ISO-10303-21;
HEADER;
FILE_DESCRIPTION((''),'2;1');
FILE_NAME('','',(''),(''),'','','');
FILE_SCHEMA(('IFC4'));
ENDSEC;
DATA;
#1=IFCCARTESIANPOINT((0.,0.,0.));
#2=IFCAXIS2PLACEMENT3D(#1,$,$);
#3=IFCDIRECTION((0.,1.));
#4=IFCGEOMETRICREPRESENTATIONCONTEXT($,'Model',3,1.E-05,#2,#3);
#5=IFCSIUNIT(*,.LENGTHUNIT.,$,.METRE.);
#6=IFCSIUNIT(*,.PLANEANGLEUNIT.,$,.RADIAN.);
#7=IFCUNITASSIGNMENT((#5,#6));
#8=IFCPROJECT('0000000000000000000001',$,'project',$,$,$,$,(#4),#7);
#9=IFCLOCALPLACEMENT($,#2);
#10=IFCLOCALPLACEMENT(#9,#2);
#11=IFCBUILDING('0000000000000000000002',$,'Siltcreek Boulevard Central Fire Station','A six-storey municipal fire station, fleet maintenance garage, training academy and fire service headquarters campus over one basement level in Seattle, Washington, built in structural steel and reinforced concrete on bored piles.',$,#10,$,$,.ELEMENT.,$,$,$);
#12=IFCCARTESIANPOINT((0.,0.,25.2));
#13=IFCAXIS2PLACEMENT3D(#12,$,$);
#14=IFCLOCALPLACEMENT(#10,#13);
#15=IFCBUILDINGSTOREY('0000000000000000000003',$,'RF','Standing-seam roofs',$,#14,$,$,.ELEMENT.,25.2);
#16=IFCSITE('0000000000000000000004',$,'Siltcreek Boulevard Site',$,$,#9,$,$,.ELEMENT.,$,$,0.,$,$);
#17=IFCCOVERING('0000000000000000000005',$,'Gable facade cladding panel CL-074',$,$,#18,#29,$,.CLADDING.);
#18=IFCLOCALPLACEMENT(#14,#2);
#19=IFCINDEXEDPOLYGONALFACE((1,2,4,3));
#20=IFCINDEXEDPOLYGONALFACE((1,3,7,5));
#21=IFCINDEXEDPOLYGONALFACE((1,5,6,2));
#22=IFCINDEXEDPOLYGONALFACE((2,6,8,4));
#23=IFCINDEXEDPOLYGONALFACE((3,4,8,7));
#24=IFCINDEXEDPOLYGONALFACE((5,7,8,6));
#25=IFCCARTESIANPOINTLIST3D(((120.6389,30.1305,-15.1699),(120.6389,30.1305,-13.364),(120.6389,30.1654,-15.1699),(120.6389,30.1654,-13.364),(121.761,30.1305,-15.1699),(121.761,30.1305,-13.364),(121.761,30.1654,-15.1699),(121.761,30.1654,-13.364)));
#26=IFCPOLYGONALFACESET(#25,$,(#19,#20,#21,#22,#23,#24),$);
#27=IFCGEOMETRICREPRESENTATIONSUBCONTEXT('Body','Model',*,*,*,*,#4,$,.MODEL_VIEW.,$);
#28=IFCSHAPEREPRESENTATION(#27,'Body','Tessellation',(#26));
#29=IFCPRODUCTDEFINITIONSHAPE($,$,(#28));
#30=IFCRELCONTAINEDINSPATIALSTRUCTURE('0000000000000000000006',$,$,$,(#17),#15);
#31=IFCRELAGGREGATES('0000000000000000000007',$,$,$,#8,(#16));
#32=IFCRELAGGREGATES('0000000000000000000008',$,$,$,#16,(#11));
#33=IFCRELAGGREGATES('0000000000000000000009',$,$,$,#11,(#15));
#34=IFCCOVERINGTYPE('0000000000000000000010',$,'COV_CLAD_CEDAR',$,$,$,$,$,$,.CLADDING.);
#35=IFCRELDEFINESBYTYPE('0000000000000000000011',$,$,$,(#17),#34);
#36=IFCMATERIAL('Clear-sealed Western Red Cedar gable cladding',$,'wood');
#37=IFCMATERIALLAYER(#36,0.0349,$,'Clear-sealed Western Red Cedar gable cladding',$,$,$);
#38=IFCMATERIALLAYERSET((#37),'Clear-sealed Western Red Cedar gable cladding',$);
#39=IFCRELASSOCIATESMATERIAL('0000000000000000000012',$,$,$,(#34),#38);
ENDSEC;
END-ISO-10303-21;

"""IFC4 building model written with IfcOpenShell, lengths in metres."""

from ifc_helpers import new_model, si_unit, direction, frame, origin, origin_2d, place, context, subcontext, project, spatial, rectangle, extrude, material, layer, layer_set, type_object, element, save


model = new_model("IFC4")

# Units and contexts
model_context = context("Model", 3, precision=1e-05, world=origin(), true_north=direction((0.0, 1.0)))
body_context = subcontext(model_context, "Body", "Model", "MODEL_VIEW")
ifc_project = project(units=[si_unit("LENGTHUNIT", "METRE"), si_unit("PLANEANGLEUNIT", "RADIAN")], contexts=[model_context])

# Site, building, storey
site_placement = place(None, origin())
site = spatial("IfcSite", under=ifc_project, at=site_placement, Name="Siltcreek Boulevard Site", CompositionType="ELEMENT", RefElevation=0.0)
building_placement = place(site_placement, origin())
building = spatial("IfcBuilding", under=site, at=building_placement, Name="Siltcreek Boulevard Central Fire Station", Description="A six-storey municipal fire station, fleet maintenance garage, training academy and fire service headquarters campus over one basement level in Seattle, Washington, built in structural steel and reinforced concrete on bored piles.", CompositionType="ELEMENT")
storey_placement = place(building_placement, frame((0.0, 0.0, 25.2)))
storey = spatial("IfcBuildingStorey", under=building, at=storey_placement, Name="RF", Description="Standing-seam roofs", CompositionType="ELEMENT", Elevation=25.2)

# Covering
ifc_material_1 = material(Name="Clear-sealed Western Red Cedar gable cladding", Category="wood")
ifc_layer_1 = layer(ifc_material_1, 0.0349, Name="Clear-sealed Western Red Cedar gable cladding")
ifc_layer_set_1 = layer_set([ifc_layer_1], Name="Clear-sealed Western Red Cedar gable cladding")
covering_type = type_object("IfcCoveringType", Name="COV_CLAD_CEDAR", PredefinedType="CLADDING", material=ifc_layer_set_1)
covering_placement = place(storey_placement, frame((121.2, 30.1479, -15.1699), z_axis=(0.0, 0.0, 1.0), x_axis=(-1.0, 0.0, 0.0)))
element("IfcCovering", 1, at=covering_placement, inside=storey, type_object=covering_type, Name="Gable facade cladding panel CL-074", PredefinedType="CLADDING", context=body_context, shape_type="SweptSolid", body=[
    extrude(rectangle(XDim=1.1221, YDim=0.0349, at=origin_2d()), origin(), (0.0, 0.0, 1.0), 1.8059),
])

save(model, "model.ifc")
